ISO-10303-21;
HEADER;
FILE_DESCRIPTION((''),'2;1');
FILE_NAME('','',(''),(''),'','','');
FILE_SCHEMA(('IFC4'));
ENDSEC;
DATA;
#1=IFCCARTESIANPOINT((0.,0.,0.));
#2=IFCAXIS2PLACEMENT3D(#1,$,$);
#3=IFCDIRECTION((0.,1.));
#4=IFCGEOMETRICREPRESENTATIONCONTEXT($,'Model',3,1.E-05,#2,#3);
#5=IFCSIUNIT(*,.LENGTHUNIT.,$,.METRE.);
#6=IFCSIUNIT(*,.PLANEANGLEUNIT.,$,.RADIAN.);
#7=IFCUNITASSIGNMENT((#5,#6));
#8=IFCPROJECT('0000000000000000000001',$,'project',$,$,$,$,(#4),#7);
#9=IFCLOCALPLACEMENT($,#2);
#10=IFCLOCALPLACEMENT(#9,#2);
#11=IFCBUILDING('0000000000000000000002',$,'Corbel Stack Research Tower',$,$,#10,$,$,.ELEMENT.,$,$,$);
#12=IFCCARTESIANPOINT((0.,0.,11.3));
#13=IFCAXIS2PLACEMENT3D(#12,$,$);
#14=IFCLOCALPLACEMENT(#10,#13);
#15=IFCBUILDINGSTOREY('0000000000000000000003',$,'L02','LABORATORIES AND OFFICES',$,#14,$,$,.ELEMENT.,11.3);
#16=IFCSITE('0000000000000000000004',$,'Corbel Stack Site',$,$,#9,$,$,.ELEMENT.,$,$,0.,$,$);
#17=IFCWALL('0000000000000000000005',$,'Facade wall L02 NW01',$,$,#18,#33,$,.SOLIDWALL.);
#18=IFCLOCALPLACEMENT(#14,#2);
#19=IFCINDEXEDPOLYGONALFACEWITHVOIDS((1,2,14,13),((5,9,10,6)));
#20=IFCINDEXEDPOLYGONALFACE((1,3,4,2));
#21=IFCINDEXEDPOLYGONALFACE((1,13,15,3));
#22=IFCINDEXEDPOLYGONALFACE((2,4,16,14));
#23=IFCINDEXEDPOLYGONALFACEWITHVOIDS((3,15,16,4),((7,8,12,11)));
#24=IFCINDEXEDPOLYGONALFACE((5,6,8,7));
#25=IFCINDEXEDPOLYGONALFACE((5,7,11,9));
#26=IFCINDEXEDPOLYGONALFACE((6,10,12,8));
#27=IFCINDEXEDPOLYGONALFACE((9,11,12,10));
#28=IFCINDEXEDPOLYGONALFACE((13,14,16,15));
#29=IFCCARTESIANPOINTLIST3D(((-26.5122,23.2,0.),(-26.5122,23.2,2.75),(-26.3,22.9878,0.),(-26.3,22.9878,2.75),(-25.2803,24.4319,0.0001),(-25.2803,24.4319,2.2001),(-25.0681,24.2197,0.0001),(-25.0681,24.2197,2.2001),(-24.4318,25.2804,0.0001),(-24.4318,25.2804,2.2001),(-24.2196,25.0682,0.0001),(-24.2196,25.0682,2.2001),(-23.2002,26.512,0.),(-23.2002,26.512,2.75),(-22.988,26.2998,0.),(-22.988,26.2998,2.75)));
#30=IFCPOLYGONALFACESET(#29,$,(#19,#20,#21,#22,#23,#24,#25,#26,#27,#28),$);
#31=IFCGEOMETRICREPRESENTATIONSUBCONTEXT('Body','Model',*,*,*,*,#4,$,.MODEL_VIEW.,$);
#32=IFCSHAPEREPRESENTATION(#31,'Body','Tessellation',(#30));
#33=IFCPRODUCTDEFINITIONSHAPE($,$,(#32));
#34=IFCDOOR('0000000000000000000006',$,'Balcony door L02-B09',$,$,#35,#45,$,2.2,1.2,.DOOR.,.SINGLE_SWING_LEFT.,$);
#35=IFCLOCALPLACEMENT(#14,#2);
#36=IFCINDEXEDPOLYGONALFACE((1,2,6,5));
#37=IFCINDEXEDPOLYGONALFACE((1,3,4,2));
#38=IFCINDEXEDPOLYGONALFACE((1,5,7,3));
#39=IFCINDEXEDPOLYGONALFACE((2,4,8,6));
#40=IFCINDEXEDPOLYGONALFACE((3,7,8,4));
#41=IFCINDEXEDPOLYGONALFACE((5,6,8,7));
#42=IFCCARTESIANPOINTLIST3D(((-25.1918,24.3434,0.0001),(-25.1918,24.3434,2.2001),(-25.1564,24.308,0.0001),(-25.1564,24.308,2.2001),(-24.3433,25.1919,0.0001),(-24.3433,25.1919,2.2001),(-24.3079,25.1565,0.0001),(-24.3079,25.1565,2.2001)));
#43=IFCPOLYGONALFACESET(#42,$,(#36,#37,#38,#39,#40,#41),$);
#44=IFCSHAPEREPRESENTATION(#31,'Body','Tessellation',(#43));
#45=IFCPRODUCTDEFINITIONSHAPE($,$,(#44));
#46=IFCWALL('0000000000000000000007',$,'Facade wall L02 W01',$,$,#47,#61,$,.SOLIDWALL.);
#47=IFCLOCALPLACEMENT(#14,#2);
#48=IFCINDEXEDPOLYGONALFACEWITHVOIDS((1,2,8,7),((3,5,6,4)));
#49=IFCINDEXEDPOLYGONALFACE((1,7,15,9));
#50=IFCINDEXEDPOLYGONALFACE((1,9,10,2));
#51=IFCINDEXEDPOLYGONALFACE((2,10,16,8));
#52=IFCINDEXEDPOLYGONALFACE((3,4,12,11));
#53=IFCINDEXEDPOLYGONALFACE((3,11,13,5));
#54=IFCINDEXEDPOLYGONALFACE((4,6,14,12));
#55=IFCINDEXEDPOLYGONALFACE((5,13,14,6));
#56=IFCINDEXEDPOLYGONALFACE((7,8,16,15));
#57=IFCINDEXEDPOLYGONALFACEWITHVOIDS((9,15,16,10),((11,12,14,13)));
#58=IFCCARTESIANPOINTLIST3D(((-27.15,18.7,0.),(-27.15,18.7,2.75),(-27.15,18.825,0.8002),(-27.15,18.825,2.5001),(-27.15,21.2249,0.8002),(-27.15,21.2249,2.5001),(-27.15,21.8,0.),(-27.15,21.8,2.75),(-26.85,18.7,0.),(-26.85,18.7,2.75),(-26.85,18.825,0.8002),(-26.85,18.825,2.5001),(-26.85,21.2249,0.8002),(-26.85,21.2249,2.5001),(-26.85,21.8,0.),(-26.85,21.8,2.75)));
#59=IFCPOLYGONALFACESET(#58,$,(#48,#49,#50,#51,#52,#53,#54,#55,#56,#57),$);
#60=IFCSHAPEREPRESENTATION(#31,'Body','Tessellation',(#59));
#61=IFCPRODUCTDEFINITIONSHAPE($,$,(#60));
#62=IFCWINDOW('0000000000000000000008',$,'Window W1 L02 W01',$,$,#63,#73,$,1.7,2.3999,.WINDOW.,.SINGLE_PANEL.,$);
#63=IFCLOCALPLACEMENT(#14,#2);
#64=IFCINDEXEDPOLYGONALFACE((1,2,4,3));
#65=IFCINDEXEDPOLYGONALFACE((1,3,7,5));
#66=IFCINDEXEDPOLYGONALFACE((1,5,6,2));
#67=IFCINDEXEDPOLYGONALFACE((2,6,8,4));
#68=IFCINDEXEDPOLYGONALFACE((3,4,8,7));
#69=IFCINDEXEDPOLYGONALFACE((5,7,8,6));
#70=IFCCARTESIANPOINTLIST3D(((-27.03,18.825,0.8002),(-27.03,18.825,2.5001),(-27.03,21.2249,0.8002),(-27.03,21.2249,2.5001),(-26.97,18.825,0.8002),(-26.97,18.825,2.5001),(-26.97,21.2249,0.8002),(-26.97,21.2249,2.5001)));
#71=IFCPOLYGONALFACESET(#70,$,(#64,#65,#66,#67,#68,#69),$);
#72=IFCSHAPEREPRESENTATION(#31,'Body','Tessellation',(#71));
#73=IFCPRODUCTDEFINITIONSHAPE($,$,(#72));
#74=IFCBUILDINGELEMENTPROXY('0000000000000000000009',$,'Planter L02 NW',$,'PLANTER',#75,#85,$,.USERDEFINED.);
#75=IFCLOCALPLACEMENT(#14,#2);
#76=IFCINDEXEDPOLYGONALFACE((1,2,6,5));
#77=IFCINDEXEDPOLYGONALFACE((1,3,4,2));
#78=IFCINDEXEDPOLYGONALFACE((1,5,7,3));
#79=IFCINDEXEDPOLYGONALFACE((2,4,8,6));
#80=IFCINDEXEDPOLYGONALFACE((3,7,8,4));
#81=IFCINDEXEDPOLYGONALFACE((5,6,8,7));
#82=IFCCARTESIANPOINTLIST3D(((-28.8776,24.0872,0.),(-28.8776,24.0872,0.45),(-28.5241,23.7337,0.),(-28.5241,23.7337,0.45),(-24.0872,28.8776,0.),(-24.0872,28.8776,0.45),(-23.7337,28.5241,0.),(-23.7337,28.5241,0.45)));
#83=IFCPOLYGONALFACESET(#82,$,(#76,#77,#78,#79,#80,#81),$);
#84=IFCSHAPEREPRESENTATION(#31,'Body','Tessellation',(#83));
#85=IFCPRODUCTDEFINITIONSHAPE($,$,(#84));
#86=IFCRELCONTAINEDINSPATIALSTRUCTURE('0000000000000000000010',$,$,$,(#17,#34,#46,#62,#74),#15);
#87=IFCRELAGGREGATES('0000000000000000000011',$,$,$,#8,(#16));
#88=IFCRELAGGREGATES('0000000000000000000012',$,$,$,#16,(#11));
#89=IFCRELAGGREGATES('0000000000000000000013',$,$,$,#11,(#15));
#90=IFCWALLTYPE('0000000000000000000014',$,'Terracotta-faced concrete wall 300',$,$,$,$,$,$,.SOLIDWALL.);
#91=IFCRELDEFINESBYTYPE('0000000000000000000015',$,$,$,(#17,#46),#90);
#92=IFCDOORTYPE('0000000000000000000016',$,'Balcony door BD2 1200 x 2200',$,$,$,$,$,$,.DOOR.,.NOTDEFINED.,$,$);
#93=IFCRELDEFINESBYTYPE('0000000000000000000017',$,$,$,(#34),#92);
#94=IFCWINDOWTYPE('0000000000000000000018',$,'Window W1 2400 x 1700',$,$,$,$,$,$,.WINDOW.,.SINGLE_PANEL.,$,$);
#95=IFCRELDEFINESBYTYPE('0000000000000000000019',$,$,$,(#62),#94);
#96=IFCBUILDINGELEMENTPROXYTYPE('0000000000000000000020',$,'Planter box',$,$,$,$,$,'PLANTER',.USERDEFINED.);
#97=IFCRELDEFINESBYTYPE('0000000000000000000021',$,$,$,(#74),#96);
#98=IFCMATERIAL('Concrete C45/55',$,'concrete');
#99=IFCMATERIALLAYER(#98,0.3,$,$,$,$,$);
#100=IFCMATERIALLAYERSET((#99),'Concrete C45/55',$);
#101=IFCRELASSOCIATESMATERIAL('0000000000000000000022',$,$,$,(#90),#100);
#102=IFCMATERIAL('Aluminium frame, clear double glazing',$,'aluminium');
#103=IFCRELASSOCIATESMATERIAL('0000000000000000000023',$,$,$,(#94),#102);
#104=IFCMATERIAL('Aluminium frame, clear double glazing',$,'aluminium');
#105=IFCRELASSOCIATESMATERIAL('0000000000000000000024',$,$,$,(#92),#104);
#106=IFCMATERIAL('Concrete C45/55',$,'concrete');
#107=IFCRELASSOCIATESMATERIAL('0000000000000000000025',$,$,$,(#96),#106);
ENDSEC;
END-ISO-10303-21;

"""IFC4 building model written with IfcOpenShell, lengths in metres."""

from ifc_helpers import new_model, si_unit, direction, frame, frame_2d, origin, origin_2d, place, context, subcontext, project, spatial, rectangle, extrude, material, layer, layer_set, type_object, element, fill, save


model = new_model("IFC4")

# Units and contexts
model_context = context("Model", 3, precision=1e-05, world=origin(), true_north=direction((0.0, 1.0)))
body_context = subcontext(model_context, "Body", "Model", "MODEL_VIEW")
ifc_project = project(units=[si_unit("LENGTHUNIT", "METRE"), si_unit("PLANEANGLEUNIT", "RADIAN")], contexts=[model_context])

# Site, building, storey
site_placement = place(None, origin())
site = spatial("IfcSite", under=ifc_project, at=site_placement, Name="Corbel Stack Site", CompositionType="ELEMENT", RefElevation=0.0)
building_placement = place(site_placement, origin())
building = spatial("IfcBuilding", under=site, at=building_placement, Name="Corbel Stack Research Tower", CompositionType="ELEMENT")
storey_placement = place(building_placement, frame((0.0, 0.0, 11.3)))
storey = spatial("IfcBuildingStorey", under=building, at=storey_placement, Name="L02", Description="LABORATORIES AND OFFICES", CompositionType="ELEMENT", Elevation=11.3)

# Shared definitions
ifc_material_1 = material(Name="Concrete C45/55", Category="concrete")
ifc_layer_1 = layer(ifc_material_1, 0.3)
ifc_layer_set_1 = layer_set([ifc_layer_1], Name="Concrete C45/55")
wall_type_1 = type_object("IfcWallType", Name="Terracotta-faced concrete wall 300", PredefinedType="SOLIDWALL", material=ifc_layer_set_1)
ifc_material_2 = material(Name="Aluminium frame, clear double glazing", Category="aluminium")
window_type = type_object("IfcWindowType", Name="Window W1 2400 x 1700", PartitioningType="SINGLE_PANEL", PredefinedType="WINDOW", material=ifc_material_2)

# Wall, opening, door
wall_1_placement = place(storey_placement, frame((-26.406, 23.094, 0.0), z_axis=(0.0, 0.0, 1.0), x_axis=(0.707107, 0.707107, 0.0)))
wall_1 = element("IfcWall", 1, at=wall_1_placement, inside=storey, type_object=wall_type_1, Name="Facade wall L02 NW01", PredefinedType="SOLIDWALL", context=body_context, shape_type="SweptSolid", body=[
    extrude(rectangle(XDim=4.6838, YDim=0.3, at=frame_2d((2.3418, 0.0))), origin(), (0.0, 0.0, 1.0), 2.75),
])
opening_1_placement = place(wall_1_placement, frame((1.7419, 0.0, 0.0)))
opening_1 = element("IfcOpeningElement", 2, at=opening_1_placement, cuts=wall_1, PredefinedType="OPENING", context=body_context, shape_type="SweptSolid", body=[
    extrude(rectangle(XDim=1.2, YDim=2.2, at=frame_2d((0.6001, 1.1001))), frame((0.0, 0.1599, 0.0), z_axis=(0.0, -1.0, 0.0), x_axis=(1.0, 0.0, 0.0)), (0.0, 0.0, 1.0), 0.3201),
])
ifc_material_3 = material(Name="Aluminium frame, clear double glazing", Category="aluminium")
door_type_1 = type_object("IfcDoorType", Name="Balcony door BD2 1200 x 2200", OperationType="NOTDEFINED", PredefinedType="DOOR", material=ifc_material_3)
door_1_placement = place(opening_1_placement, origin())
door_1 = element("IfcDoor", 3, at=door_1_placement, inside=storey, type_object=door_type_1, Name="Balcony door L02-B09", OperationType="SINGLE_SWING_LEFT", OverallHeight=2.2, OverallWidth=1.2, PredefinedType="DOOR", context=body_context, shape_type="SweptSolid", body=[
    extrude(rectangle(XDim=1.2, YDim=2.2, at=frame_2d((0.6001, 1.1001))), frame((0.0, 0.0249, 0.0), z_axis=(0.0, -1.0, 0.0), x_axis=(1.0, 0.0, 0.0)), (0.0, 0.0, 1.0), 0.05),
])
fill(opening_1, door_1)

# Wall, opening, window
wall_2_placement = place(storey_placement, frame((-27.0, 18.7, 0.0), z_axis=(0.0, 0.0, 1.0), x_axis=(0.0, 1.0, 0.0)))
wall_2 = element("IfcWall", 4, at=wall_2_placement, inside=storey, type_object=wall_type_1, Name="Facade wall L02 W01", PredefinedType="SOLIDWALL", context=body_context, shape_type="SweptSolid", body=[
    extrude(rectangle(XDim=3.1001, YDim=0.3, at=frame_2d((1.55, 0.0))), origin(), (0.0, 0.0, 1.0), 2.75),
])
opening_2_placement = place(wall_2_placement, frame((0.125, 0.0, 0.8)))
opening_2 = element("IfcOpeningElement", 5, at=opening_2_placement, cuts=wall_2, PredefinedType="OPENING", context=body_context, shape_type="SweptSolid", body=[
    extrude(rectangle(XDim=2.3999, YDim=1.7, at=frame_2d((1.2, 0.8501))), frame((0.0, 0.1599, 0.0), z_axis=(0.0, -1.0, 0.0), x_axis=(1.0, 0.0, 0.0)), (0.0, 0.0, 1.0), 0.3201),
])
window_1_placement = place(opening_2_placement, origin())
window_1 = element("IfcWindow", 6, at=window_1_placement, inside=storey, type_object=window_type, Name="Window W1 L02 W01", OverallHeight=1.7, OverallWidth=2.3999, PartitioningType="SINGLE_PANEL", PredefinedType="WINDOW", context=body_context, shape_type="SweptSolid", body=[
    extrude(rectangle(XDim=2.3999, YDim=1.7, at=frame_2d((1.2, 0.8501))), frame((0.0, 0.03, 0.0), z_axis=(0.0, -1.0, 0.0), x_axis=(1.0, 0.0, 0.0)), (0.0, 0.0, 1.0), 0.0601),
])
fill(opening_2, window_1)

# Building element proxy
ifc_material_4 = material(Name="Concrete C45/55", Category="concrete")
building_element_proxy_type = type_object("IfcBuildingElementProxyType", Name="Planter box", ElementType="PLANTER", PredefinedType="USERDEFINED", material=ifc_material_4)
proxy_placement = place(storey_placement, frame((-26.3057, 26.3057, 0.0), z_axis=(0.0, 0.0, 1.0), x_axis=(-0.707107, -0.707107, 0.0)))
element("IfcBuildingElementProxy", 7, at=proxy_placement, inside=storey, type_object=building_element_proxy_type, Name="Planter L02 NW", ObjectType="PLANTER", PredefinedType="USERDEFINED", context=body_context, shape_type="SweptSolid", body=[
    extrude(rectangle(XDim=6.7747, YDim=0.5, at=origin_2d()), origin(), (0.0, 0.0, 1.0), 0.45),
])

save(model, "model.ifc")
